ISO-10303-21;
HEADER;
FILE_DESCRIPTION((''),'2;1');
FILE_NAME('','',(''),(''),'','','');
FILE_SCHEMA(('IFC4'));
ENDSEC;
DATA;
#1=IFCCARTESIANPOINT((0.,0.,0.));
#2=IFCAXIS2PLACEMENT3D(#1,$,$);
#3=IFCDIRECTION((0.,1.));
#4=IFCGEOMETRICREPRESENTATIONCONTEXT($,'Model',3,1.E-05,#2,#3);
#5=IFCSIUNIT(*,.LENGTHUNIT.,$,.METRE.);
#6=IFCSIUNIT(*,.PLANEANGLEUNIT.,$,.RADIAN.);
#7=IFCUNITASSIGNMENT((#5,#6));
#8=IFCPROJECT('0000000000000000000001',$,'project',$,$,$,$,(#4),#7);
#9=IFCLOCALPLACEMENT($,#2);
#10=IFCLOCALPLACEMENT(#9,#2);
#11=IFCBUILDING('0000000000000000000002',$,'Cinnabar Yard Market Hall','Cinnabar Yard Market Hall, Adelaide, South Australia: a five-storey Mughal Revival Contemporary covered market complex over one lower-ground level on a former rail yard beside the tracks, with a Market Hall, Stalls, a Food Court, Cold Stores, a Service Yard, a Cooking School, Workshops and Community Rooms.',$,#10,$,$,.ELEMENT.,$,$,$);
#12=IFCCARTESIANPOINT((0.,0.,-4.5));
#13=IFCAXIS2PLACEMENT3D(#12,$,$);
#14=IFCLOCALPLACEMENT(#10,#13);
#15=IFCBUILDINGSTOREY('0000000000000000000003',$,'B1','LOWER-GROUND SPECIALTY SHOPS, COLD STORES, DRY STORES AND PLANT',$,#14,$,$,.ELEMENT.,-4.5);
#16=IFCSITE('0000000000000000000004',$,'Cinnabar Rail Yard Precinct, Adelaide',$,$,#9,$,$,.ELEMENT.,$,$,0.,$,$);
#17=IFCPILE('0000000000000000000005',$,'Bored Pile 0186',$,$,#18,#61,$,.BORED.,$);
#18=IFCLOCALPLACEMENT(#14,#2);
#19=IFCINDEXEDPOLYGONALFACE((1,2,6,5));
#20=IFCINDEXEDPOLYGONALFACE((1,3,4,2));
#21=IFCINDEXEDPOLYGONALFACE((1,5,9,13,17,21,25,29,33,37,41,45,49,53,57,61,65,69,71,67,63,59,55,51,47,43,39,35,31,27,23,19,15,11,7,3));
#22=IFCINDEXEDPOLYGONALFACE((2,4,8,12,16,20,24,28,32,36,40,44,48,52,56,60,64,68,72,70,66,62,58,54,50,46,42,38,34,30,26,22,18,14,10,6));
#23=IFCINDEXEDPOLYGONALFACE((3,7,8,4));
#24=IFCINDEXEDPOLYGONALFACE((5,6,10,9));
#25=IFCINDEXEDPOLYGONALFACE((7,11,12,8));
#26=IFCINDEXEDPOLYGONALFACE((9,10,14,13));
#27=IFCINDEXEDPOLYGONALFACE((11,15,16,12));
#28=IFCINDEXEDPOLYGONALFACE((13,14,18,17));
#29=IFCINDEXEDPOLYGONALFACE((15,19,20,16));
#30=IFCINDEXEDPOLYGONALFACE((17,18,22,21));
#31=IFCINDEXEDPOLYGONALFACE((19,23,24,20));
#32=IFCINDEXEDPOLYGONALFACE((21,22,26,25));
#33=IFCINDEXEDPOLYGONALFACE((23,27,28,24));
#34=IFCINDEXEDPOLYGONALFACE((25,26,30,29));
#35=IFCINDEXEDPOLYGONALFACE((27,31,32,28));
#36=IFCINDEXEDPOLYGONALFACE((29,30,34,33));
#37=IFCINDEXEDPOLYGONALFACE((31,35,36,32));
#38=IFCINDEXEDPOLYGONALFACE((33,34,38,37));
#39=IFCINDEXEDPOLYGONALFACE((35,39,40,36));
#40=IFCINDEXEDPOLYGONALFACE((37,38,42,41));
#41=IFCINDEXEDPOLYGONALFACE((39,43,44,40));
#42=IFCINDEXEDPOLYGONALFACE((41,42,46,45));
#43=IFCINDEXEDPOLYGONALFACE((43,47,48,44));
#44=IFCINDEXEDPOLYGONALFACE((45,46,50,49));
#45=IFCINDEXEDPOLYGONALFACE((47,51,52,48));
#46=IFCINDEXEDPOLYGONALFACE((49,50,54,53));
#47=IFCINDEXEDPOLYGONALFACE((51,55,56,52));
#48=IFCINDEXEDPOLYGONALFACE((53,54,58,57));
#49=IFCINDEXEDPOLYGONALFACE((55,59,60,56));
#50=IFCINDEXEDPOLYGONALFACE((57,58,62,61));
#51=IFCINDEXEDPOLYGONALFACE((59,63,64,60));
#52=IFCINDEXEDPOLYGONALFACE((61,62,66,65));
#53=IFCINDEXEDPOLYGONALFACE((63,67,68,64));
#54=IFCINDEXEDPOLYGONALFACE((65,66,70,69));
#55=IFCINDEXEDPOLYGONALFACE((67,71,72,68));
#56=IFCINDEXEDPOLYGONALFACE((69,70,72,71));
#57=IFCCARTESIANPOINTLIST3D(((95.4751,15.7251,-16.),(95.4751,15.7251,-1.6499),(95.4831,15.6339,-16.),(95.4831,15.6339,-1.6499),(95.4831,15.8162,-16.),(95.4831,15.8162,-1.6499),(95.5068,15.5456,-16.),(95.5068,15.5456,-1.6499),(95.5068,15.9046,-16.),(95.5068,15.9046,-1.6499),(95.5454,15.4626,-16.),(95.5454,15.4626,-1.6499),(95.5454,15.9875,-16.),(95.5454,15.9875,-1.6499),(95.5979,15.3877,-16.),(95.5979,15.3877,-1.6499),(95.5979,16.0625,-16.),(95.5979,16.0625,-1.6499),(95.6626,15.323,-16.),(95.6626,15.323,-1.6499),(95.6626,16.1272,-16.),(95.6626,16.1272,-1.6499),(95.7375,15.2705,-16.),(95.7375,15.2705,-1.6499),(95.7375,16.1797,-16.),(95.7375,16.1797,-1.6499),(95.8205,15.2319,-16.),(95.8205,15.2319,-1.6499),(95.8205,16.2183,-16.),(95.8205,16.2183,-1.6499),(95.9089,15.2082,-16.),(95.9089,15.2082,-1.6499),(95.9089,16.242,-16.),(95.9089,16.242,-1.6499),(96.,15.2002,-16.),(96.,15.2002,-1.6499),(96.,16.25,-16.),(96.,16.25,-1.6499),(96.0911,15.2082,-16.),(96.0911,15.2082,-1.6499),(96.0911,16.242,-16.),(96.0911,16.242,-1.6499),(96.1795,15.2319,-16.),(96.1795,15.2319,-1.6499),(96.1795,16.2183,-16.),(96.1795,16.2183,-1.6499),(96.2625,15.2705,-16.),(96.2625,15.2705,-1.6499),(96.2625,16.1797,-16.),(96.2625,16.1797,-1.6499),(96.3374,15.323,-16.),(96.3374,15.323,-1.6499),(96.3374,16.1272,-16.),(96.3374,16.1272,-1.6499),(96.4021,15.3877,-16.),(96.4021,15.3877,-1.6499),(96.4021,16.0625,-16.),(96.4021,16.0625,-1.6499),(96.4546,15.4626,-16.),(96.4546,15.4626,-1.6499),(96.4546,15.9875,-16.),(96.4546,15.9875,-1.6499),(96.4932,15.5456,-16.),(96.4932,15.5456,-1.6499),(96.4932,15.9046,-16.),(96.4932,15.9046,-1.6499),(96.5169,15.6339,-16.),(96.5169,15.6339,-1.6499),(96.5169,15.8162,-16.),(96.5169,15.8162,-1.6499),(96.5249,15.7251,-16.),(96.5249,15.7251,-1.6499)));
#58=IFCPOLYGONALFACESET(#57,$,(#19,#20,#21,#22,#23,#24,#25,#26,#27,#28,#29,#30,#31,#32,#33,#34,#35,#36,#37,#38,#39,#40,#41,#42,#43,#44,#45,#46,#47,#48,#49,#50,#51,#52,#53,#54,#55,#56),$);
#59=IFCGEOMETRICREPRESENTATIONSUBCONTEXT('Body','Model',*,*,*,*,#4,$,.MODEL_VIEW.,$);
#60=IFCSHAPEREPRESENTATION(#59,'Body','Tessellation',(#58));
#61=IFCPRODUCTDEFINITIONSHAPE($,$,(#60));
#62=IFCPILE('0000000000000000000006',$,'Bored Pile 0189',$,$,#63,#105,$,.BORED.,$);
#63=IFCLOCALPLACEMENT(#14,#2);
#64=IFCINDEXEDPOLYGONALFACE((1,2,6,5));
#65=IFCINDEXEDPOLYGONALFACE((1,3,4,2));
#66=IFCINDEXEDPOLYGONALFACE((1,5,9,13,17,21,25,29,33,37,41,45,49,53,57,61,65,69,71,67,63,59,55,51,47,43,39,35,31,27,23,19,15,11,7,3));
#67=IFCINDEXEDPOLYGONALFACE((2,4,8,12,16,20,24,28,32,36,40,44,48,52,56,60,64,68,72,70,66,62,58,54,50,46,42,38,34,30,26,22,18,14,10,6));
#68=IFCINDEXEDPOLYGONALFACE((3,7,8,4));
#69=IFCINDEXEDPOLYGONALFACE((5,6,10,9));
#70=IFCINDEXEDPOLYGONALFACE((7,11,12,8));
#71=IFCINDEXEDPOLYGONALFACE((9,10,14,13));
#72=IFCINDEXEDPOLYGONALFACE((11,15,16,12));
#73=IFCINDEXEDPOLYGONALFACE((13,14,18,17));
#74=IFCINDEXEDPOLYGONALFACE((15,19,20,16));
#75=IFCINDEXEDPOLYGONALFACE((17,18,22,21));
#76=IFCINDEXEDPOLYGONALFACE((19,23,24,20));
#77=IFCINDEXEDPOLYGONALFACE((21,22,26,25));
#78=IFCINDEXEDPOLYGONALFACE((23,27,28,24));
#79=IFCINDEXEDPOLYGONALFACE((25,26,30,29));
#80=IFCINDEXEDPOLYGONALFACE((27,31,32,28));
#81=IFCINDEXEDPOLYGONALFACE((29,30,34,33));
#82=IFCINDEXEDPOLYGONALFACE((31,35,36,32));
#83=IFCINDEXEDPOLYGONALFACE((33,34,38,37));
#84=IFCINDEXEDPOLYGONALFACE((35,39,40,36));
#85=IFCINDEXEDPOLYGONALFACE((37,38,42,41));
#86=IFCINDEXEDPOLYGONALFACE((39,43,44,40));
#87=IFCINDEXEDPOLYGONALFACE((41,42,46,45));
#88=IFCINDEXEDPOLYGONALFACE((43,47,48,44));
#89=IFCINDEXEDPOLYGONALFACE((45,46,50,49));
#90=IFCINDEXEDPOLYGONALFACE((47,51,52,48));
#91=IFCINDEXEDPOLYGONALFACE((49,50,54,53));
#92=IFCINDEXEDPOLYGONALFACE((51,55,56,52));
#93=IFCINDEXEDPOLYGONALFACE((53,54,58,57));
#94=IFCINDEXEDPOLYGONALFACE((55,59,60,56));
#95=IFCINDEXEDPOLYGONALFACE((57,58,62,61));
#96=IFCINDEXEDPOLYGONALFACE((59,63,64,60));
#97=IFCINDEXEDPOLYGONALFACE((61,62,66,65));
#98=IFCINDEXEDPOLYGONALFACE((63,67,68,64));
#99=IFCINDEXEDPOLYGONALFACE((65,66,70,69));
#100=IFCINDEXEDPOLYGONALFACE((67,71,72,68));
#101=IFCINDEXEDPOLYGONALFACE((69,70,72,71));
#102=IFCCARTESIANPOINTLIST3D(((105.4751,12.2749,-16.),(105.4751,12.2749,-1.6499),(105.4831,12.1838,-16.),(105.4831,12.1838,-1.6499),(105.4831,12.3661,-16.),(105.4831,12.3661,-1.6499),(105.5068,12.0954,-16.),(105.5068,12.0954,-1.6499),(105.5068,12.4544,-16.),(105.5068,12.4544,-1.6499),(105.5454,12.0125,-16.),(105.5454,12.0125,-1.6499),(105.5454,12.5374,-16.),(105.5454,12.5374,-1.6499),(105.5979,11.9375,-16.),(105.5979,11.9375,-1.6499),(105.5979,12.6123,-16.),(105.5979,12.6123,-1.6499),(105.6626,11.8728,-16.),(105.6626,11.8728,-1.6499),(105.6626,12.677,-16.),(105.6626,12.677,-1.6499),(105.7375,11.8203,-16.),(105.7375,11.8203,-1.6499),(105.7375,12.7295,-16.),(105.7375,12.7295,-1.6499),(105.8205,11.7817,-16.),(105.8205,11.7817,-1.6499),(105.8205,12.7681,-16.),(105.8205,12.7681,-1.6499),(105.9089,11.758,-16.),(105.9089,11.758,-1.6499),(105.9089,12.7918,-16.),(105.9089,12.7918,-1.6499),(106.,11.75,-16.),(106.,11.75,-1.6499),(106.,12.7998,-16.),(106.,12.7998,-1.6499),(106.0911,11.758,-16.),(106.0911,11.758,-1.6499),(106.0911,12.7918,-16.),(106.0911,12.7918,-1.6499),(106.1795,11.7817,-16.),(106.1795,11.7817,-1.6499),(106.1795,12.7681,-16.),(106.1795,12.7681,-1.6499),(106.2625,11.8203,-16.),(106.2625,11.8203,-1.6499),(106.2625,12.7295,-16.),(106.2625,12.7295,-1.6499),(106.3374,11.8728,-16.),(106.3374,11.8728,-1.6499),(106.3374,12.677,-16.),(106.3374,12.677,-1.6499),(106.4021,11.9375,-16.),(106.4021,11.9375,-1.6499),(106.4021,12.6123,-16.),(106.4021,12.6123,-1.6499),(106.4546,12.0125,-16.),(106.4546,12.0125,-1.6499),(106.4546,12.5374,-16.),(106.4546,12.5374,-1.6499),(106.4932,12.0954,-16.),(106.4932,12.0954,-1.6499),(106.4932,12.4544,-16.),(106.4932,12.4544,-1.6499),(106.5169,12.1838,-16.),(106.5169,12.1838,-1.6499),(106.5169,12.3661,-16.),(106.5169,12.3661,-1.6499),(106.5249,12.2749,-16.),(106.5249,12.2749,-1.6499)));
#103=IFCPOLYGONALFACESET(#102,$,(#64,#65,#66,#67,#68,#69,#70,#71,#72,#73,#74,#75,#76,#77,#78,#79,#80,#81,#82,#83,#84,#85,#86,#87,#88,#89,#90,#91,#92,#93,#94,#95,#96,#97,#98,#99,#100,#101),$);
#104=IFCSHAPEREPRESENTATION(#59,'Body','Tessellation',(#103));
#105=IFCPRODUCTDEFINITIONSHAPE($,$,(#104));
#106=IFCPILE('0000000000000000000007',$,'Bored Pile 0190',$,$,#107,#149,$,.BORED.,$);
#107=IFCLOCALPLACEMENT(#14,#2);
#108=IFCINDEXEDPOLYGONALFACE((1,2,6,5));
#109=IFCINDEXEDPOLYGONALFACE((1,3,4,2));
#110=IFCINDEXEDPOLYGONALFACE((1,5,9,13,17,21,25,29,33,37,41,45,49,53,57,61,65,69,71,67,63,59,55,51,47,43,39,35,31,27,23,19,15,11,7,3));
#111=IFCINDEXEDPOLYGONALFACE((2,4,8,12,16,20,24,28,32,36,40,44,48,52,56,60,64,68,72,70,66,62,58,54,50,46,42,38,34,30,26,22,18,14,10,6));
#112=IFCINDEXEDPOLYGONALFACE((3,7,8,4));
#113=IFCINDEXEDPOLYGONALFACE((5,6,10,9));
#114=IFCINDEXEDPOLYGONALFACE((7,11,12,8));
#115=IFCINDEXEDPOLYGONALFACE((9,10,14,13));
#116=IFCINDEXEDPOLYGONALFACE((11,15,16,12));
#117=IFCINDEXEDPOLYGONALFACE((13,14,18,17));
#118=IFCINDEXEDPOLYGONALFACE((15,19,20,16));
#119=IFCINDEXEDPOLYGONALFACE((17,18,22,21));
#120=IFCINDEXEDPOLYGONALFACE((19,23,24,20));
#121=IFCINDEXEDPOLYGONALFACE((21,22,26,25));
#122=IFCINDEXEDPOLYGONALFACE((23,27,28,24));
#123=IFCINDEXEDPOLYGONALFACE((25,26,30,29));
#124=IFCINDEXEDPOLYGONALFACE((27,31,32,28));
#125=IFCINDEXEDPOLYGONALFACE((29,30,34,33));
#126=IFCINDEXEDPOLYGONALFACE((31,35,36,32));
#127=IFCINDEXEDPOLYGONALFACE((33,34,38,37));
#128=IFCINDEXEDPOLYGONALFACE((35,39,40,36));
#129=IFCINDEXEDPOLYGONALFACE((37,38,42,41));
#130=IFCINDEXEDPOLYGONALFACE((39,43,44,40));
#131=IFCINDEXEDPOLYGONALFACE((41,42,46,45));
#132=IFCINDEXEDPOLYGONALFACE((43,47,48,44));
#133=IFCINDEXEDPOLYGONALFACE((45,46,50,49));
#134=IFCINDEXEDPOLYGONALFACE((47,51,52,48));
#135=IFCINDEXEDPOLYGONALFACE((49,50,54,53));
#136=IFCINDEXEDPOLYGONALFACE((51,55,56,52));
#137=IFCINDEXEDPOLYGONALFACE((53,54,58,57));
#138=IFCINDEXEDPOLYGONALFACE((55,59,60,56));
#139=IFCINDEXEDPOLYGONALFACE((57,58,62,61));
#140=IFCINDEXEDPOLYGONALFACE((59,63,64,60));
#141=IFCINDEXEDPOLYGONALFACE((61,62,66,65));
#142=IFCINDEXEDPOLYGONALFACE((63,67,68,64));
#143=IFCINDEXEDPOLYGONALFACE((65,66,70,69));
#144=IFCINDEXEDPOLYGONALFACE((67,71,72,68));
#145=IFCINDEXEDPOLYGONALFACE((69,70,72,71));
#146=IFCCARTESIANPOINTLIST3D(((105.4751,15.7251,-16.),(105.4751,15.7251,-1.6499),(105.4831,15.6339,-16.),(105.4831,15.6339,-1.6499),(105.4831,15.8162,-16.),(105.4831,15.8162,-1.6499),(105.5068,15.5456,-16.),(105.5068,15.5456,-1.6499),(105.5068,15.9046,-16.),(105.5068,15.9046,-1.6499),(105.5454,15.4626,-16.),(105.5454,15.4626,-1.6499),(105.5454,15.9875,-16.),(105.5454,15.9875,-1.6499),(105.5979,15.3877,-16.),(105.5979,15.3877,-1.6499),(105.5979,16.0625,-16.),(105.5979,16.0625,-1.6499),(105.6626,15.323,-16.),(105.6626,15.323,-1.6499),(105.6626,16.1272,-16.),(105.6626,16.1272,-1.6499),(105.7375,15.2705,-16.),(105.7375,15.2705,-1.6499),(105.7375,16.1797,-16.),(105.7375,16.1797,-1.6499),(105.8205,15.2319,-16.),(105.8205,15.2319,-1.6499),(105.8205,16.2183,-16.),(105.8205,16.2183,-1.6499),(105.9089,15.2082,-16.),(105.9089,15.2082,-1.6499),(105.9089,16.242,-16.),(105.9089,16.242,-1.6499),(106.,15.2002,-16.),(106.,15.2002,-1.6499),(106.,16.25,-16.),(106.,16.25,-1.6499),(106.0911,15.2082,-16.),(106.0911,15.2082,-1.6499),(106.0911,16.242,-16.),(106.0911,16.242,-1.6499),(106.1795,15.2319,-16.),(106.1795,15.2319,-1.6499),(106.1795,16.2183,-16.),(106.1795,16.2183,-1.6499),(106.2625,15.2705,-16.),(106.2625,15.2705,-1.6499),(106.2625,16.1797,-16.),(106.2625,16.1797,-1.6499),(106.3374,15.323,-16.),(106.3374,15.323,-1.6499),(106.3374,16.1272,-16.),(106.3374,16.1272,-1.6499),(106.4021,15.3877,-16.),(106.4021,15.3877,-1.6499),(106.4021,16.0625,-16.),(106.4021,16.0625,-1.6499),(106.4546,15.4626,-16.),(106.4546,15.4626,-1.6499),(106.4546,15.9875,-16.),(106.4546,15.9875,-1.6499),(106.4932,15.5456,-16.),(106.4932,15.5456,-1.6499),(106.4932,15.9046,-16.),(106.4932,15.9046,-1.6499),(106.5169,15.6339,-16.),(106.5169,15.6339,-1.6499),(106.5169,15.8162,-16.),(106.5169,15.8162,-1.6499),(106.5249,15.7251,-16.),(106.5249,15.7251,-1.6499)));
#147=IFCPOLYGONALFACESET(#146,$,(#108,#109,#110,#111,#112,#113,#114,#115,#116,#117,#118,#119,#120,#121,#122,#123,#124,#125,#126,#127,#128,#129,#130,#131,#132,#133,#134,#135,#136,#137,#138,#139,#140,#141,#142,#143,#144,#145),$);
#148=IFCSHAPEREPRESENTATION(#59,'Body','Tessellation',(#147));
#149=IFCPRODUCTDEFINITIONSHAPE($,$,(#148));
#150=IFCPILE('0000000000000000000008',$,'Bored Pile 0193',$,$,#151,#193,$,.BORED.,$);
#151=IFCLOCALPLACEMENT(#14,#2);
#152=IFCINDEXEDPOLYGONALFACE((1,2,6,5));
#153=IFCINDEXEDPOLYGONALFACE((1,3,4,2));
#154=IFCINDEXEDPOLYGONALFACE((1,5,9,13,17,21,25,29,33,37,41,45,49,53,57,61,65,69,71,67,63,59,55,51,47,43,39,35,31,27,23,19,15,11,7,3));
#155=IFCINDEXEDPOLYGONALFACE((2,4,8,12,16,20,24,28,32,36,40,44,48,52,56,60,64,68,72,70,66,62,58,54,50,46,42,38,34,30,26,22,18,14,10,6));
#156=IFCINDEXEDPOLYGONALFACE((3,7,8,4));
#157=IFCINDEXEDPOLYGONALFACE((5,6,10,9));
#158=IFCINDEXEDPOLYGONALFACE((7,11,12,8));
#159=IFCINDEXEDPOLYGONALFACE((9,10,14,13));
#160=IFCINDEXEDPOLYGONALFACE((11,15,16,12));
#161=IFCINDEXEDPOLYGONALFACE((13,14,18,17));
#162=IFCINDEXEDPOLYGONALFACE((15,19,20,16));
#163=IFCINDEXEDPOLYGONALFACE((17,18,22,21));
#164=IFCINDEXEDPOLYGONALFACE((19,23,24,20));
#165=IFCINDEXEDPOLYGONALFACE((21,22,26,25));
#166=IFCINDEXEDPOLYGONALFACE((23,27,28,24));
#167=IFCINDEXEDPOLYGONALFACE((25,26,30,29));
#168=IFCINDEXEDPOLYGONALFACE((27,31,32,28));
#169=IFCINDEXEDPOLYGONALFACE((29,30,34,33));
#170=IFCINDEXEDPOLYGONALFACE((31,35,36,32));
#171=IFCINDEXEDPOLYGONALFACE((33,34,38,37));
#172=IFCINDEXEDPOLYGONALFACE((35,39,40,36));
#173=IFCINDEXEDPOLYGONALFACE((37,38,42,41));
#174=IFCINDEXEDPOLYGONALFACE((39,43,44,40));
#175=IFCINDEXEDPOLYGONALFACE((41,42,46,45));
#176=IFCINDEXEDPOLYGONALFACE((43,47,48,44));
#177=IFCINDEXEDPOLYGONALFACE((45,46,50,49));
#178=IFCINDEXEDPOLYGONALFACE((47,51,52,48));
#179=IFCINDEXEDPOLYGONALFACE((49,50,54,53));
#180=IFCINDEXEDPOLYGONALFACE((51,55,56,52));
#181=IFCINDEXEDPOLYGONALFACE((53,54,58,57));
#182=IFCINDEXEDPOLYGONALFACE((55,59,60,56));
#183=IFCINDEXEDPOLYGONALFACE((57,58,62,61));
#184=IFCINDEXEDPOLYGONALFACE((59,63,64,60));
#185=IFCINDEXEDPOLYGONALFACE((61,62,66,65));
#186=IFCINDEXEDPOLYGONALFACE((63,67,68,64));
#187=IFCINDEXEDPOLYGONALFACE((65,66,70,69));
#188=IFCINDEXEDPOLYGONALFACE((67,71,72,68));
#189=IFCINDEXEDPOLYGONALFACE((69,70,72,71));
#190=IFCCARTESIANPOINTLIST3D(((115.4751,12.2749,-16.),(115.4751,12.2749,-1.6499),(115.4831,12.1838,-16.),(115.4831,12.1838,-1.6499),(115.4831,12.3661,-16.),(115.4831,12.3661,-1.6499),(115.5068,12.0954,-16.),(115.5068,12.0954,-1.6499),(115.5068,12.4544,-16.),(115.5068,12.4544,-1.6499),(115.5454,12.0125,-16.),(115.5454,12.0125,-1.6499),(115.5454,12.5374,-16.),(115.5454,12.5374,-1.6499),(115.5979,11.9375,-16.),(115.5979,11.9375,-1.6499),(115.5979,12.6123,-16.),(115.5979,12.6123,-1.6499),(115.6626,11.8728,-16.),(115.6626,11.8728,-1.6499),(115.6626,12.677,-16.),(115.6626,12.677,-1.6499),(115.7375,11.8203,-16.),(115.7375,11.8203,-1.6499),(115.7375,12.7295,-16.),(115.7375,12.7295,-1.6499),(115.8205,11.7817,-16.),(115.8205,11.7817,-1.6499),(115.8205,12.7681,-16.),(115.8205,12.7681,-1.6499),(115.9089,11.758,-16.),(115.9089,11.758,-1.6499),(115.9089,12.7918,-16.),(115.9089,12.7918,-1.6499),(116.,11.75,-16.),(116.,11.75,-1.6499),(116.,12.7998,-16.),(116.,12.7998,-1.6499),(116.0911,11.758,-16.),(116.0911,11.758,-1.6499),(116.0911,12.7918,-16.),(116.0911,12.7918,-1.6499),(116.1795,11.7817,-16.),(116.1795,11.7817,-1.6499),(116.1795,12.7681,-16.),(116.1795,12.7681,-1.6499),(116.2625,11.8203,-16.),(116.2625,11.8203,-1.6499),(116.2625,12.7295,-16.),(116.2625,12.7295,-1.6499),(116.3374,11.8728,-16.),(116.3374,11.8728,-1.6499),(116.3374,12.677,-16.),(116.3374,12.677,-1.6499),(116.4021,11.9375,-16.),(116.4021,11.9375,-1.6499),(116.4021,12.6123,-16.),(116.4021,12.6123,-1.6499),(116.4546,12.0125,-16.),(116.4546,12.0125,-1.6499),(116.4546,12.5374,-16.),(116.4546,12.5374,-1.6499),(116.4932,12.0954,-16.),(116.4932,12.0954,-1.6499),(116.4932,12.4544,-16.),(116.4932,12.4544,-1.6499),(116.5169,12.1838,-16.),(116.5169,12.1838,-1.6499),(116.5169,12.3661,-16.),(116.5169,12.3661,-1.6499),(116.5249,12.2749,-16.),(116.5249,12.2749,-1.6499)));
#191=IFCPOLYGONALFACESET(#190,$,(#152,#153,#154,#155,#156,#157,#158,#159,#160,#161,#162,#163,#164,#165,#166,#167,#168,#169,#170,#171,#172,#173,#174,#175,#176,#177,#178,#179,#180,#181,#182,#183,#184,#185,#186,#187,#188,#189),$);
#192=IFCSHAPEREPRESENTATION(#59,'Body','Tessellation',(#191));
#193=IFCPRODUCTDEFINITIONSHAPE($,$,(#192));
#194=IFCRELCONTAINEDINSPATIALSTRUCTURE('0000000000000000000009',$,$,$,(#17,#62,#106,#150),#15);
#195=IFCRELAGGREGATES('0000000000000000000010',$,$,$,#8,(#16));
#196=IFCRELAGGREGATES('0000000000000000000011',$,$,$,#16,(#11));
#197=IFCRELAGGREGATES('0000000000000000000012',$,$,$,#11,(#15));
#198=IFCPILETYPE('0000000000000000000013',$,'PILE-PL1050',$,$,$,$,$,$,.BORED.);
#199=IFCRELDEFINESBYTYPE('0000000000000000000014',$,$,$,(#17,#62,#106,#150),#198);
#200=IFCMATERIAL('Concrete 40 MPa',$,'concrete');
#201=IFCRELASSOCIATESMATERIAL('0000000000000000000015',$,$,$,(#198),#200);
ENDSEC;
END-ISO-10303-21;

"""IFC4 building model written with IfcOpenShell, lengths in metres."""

from ifc_helpers import new_model, si_unit, direction, frame, origin, origin_2d_with_axis, place, context, subcontext, project, spatial, circle, extrude, material, material_profile, profile_set, type_object, element, save


model = new_model("IFC4")

# Units and contexts
model_context = context("Model", 3, precision=1e-05, world=origin(), true_north=direction((0.0, 1.0)))
body_context = subcontext(model_context, "Body", "Model", "MODEL_VIEW")
ifc_project = project(units=[si_unit("LENGTHUNIT", "METRE"), si_unit("PLANEANGLEUNIT", "RADIAN")], contexts=[model_context])

# Site, building, storey
site_placement = place(None, origin())
site = spatial("IfcSite", under=ifc_project, at=site_placement, Name="Cinnabar Rail Yard Precinct, Adelaide", CompositionType="ELEMENT", RefElevation=0.0)
building_placement = place(site_placement, origin())
building = spatial("IfcBuilding", under=site, at=building_placement, Name="Cinnabar Yard Market Hall", Description="Cinnabar Yard Market Hall, Adelaide, South Australia: a five-storey Mughal Revival Contemporary covered market complex over one lower-ground level on a former rail yard beside the tracks, with a Market Hall, Stalls, a Food Court, Cold Stores, a Service Yard, a Cooking School, Workshops and Community Rooms.", CompositionType="ELEMENT")
storey_placement = place(building_placement, frame((0.0, 0.0, -4.5)))
storey = spatial("IfcBuildingStorey", under=building, at=storey_placement, Name="B1", Description="LOWER-GROUND SPECIALTY SHOPS, COLD STORES, DRY STORES AND PLANT", CompositionType="ELEMENT", Elevation=-4.5)

# Shared definitions
ifc_material_1 = material(Name="Concrete 40 MPa", Category="concrete")

# Piles
ifc_material_profile_1 = material_profile(ifc_material_1, circle(Radius=0.5249, at=origin_2d_with_axis()), Name="PILE-D1050")
ifc_profile_set_1 = profile_set([ifc_material_profile_1], Name="Concrete 40 MPa")
pile_type_1 = type_object("IfcPileType", Name="PILE-PL1050", PredefinedType="BORED", material=ifc_profile_set_1)
for number, where, z_axis, x_axis, name in (
    (1, (96.0, 15.7251, -1.6499), (0.0, 0.0, -1.0), (1.0, 0.0, 0.0), "Bored Pile 0186"),
    (2, (106.0, 12.2749, -1.6499), (0.0, 0.0, -1.0), (1.0, 0.0, 0.0), "Bored Pile 0189"),
    (3, (106.0, 15.7251, -1.6499), (0.0, 0.0, -1.0), (1.0, 0.0, 0.0), "Bored Pile 0190"),
    (4, (116.0, 12.2749, -1.6499), (0.0, 0.0, -1.0), (1.0, 0.0, 0.0), "Bored Pile 0193"),
):
    element("IfcPile", number, at=place(storey_placement, frame(where, z_axis=z_axis, x_axis=x_axis)), inside=storey, type_object=pile_type_1, Name=name, PredefinedType="BORED", context=body_context, shape_type="SweptSolid", body=[
        extrude(circle(Radius=0.5249, at=origin_2d_with_axis()), origin(), (0.0, 0.0, 1.0), 14.3501),
    ])

save(model, "model.ifc")
